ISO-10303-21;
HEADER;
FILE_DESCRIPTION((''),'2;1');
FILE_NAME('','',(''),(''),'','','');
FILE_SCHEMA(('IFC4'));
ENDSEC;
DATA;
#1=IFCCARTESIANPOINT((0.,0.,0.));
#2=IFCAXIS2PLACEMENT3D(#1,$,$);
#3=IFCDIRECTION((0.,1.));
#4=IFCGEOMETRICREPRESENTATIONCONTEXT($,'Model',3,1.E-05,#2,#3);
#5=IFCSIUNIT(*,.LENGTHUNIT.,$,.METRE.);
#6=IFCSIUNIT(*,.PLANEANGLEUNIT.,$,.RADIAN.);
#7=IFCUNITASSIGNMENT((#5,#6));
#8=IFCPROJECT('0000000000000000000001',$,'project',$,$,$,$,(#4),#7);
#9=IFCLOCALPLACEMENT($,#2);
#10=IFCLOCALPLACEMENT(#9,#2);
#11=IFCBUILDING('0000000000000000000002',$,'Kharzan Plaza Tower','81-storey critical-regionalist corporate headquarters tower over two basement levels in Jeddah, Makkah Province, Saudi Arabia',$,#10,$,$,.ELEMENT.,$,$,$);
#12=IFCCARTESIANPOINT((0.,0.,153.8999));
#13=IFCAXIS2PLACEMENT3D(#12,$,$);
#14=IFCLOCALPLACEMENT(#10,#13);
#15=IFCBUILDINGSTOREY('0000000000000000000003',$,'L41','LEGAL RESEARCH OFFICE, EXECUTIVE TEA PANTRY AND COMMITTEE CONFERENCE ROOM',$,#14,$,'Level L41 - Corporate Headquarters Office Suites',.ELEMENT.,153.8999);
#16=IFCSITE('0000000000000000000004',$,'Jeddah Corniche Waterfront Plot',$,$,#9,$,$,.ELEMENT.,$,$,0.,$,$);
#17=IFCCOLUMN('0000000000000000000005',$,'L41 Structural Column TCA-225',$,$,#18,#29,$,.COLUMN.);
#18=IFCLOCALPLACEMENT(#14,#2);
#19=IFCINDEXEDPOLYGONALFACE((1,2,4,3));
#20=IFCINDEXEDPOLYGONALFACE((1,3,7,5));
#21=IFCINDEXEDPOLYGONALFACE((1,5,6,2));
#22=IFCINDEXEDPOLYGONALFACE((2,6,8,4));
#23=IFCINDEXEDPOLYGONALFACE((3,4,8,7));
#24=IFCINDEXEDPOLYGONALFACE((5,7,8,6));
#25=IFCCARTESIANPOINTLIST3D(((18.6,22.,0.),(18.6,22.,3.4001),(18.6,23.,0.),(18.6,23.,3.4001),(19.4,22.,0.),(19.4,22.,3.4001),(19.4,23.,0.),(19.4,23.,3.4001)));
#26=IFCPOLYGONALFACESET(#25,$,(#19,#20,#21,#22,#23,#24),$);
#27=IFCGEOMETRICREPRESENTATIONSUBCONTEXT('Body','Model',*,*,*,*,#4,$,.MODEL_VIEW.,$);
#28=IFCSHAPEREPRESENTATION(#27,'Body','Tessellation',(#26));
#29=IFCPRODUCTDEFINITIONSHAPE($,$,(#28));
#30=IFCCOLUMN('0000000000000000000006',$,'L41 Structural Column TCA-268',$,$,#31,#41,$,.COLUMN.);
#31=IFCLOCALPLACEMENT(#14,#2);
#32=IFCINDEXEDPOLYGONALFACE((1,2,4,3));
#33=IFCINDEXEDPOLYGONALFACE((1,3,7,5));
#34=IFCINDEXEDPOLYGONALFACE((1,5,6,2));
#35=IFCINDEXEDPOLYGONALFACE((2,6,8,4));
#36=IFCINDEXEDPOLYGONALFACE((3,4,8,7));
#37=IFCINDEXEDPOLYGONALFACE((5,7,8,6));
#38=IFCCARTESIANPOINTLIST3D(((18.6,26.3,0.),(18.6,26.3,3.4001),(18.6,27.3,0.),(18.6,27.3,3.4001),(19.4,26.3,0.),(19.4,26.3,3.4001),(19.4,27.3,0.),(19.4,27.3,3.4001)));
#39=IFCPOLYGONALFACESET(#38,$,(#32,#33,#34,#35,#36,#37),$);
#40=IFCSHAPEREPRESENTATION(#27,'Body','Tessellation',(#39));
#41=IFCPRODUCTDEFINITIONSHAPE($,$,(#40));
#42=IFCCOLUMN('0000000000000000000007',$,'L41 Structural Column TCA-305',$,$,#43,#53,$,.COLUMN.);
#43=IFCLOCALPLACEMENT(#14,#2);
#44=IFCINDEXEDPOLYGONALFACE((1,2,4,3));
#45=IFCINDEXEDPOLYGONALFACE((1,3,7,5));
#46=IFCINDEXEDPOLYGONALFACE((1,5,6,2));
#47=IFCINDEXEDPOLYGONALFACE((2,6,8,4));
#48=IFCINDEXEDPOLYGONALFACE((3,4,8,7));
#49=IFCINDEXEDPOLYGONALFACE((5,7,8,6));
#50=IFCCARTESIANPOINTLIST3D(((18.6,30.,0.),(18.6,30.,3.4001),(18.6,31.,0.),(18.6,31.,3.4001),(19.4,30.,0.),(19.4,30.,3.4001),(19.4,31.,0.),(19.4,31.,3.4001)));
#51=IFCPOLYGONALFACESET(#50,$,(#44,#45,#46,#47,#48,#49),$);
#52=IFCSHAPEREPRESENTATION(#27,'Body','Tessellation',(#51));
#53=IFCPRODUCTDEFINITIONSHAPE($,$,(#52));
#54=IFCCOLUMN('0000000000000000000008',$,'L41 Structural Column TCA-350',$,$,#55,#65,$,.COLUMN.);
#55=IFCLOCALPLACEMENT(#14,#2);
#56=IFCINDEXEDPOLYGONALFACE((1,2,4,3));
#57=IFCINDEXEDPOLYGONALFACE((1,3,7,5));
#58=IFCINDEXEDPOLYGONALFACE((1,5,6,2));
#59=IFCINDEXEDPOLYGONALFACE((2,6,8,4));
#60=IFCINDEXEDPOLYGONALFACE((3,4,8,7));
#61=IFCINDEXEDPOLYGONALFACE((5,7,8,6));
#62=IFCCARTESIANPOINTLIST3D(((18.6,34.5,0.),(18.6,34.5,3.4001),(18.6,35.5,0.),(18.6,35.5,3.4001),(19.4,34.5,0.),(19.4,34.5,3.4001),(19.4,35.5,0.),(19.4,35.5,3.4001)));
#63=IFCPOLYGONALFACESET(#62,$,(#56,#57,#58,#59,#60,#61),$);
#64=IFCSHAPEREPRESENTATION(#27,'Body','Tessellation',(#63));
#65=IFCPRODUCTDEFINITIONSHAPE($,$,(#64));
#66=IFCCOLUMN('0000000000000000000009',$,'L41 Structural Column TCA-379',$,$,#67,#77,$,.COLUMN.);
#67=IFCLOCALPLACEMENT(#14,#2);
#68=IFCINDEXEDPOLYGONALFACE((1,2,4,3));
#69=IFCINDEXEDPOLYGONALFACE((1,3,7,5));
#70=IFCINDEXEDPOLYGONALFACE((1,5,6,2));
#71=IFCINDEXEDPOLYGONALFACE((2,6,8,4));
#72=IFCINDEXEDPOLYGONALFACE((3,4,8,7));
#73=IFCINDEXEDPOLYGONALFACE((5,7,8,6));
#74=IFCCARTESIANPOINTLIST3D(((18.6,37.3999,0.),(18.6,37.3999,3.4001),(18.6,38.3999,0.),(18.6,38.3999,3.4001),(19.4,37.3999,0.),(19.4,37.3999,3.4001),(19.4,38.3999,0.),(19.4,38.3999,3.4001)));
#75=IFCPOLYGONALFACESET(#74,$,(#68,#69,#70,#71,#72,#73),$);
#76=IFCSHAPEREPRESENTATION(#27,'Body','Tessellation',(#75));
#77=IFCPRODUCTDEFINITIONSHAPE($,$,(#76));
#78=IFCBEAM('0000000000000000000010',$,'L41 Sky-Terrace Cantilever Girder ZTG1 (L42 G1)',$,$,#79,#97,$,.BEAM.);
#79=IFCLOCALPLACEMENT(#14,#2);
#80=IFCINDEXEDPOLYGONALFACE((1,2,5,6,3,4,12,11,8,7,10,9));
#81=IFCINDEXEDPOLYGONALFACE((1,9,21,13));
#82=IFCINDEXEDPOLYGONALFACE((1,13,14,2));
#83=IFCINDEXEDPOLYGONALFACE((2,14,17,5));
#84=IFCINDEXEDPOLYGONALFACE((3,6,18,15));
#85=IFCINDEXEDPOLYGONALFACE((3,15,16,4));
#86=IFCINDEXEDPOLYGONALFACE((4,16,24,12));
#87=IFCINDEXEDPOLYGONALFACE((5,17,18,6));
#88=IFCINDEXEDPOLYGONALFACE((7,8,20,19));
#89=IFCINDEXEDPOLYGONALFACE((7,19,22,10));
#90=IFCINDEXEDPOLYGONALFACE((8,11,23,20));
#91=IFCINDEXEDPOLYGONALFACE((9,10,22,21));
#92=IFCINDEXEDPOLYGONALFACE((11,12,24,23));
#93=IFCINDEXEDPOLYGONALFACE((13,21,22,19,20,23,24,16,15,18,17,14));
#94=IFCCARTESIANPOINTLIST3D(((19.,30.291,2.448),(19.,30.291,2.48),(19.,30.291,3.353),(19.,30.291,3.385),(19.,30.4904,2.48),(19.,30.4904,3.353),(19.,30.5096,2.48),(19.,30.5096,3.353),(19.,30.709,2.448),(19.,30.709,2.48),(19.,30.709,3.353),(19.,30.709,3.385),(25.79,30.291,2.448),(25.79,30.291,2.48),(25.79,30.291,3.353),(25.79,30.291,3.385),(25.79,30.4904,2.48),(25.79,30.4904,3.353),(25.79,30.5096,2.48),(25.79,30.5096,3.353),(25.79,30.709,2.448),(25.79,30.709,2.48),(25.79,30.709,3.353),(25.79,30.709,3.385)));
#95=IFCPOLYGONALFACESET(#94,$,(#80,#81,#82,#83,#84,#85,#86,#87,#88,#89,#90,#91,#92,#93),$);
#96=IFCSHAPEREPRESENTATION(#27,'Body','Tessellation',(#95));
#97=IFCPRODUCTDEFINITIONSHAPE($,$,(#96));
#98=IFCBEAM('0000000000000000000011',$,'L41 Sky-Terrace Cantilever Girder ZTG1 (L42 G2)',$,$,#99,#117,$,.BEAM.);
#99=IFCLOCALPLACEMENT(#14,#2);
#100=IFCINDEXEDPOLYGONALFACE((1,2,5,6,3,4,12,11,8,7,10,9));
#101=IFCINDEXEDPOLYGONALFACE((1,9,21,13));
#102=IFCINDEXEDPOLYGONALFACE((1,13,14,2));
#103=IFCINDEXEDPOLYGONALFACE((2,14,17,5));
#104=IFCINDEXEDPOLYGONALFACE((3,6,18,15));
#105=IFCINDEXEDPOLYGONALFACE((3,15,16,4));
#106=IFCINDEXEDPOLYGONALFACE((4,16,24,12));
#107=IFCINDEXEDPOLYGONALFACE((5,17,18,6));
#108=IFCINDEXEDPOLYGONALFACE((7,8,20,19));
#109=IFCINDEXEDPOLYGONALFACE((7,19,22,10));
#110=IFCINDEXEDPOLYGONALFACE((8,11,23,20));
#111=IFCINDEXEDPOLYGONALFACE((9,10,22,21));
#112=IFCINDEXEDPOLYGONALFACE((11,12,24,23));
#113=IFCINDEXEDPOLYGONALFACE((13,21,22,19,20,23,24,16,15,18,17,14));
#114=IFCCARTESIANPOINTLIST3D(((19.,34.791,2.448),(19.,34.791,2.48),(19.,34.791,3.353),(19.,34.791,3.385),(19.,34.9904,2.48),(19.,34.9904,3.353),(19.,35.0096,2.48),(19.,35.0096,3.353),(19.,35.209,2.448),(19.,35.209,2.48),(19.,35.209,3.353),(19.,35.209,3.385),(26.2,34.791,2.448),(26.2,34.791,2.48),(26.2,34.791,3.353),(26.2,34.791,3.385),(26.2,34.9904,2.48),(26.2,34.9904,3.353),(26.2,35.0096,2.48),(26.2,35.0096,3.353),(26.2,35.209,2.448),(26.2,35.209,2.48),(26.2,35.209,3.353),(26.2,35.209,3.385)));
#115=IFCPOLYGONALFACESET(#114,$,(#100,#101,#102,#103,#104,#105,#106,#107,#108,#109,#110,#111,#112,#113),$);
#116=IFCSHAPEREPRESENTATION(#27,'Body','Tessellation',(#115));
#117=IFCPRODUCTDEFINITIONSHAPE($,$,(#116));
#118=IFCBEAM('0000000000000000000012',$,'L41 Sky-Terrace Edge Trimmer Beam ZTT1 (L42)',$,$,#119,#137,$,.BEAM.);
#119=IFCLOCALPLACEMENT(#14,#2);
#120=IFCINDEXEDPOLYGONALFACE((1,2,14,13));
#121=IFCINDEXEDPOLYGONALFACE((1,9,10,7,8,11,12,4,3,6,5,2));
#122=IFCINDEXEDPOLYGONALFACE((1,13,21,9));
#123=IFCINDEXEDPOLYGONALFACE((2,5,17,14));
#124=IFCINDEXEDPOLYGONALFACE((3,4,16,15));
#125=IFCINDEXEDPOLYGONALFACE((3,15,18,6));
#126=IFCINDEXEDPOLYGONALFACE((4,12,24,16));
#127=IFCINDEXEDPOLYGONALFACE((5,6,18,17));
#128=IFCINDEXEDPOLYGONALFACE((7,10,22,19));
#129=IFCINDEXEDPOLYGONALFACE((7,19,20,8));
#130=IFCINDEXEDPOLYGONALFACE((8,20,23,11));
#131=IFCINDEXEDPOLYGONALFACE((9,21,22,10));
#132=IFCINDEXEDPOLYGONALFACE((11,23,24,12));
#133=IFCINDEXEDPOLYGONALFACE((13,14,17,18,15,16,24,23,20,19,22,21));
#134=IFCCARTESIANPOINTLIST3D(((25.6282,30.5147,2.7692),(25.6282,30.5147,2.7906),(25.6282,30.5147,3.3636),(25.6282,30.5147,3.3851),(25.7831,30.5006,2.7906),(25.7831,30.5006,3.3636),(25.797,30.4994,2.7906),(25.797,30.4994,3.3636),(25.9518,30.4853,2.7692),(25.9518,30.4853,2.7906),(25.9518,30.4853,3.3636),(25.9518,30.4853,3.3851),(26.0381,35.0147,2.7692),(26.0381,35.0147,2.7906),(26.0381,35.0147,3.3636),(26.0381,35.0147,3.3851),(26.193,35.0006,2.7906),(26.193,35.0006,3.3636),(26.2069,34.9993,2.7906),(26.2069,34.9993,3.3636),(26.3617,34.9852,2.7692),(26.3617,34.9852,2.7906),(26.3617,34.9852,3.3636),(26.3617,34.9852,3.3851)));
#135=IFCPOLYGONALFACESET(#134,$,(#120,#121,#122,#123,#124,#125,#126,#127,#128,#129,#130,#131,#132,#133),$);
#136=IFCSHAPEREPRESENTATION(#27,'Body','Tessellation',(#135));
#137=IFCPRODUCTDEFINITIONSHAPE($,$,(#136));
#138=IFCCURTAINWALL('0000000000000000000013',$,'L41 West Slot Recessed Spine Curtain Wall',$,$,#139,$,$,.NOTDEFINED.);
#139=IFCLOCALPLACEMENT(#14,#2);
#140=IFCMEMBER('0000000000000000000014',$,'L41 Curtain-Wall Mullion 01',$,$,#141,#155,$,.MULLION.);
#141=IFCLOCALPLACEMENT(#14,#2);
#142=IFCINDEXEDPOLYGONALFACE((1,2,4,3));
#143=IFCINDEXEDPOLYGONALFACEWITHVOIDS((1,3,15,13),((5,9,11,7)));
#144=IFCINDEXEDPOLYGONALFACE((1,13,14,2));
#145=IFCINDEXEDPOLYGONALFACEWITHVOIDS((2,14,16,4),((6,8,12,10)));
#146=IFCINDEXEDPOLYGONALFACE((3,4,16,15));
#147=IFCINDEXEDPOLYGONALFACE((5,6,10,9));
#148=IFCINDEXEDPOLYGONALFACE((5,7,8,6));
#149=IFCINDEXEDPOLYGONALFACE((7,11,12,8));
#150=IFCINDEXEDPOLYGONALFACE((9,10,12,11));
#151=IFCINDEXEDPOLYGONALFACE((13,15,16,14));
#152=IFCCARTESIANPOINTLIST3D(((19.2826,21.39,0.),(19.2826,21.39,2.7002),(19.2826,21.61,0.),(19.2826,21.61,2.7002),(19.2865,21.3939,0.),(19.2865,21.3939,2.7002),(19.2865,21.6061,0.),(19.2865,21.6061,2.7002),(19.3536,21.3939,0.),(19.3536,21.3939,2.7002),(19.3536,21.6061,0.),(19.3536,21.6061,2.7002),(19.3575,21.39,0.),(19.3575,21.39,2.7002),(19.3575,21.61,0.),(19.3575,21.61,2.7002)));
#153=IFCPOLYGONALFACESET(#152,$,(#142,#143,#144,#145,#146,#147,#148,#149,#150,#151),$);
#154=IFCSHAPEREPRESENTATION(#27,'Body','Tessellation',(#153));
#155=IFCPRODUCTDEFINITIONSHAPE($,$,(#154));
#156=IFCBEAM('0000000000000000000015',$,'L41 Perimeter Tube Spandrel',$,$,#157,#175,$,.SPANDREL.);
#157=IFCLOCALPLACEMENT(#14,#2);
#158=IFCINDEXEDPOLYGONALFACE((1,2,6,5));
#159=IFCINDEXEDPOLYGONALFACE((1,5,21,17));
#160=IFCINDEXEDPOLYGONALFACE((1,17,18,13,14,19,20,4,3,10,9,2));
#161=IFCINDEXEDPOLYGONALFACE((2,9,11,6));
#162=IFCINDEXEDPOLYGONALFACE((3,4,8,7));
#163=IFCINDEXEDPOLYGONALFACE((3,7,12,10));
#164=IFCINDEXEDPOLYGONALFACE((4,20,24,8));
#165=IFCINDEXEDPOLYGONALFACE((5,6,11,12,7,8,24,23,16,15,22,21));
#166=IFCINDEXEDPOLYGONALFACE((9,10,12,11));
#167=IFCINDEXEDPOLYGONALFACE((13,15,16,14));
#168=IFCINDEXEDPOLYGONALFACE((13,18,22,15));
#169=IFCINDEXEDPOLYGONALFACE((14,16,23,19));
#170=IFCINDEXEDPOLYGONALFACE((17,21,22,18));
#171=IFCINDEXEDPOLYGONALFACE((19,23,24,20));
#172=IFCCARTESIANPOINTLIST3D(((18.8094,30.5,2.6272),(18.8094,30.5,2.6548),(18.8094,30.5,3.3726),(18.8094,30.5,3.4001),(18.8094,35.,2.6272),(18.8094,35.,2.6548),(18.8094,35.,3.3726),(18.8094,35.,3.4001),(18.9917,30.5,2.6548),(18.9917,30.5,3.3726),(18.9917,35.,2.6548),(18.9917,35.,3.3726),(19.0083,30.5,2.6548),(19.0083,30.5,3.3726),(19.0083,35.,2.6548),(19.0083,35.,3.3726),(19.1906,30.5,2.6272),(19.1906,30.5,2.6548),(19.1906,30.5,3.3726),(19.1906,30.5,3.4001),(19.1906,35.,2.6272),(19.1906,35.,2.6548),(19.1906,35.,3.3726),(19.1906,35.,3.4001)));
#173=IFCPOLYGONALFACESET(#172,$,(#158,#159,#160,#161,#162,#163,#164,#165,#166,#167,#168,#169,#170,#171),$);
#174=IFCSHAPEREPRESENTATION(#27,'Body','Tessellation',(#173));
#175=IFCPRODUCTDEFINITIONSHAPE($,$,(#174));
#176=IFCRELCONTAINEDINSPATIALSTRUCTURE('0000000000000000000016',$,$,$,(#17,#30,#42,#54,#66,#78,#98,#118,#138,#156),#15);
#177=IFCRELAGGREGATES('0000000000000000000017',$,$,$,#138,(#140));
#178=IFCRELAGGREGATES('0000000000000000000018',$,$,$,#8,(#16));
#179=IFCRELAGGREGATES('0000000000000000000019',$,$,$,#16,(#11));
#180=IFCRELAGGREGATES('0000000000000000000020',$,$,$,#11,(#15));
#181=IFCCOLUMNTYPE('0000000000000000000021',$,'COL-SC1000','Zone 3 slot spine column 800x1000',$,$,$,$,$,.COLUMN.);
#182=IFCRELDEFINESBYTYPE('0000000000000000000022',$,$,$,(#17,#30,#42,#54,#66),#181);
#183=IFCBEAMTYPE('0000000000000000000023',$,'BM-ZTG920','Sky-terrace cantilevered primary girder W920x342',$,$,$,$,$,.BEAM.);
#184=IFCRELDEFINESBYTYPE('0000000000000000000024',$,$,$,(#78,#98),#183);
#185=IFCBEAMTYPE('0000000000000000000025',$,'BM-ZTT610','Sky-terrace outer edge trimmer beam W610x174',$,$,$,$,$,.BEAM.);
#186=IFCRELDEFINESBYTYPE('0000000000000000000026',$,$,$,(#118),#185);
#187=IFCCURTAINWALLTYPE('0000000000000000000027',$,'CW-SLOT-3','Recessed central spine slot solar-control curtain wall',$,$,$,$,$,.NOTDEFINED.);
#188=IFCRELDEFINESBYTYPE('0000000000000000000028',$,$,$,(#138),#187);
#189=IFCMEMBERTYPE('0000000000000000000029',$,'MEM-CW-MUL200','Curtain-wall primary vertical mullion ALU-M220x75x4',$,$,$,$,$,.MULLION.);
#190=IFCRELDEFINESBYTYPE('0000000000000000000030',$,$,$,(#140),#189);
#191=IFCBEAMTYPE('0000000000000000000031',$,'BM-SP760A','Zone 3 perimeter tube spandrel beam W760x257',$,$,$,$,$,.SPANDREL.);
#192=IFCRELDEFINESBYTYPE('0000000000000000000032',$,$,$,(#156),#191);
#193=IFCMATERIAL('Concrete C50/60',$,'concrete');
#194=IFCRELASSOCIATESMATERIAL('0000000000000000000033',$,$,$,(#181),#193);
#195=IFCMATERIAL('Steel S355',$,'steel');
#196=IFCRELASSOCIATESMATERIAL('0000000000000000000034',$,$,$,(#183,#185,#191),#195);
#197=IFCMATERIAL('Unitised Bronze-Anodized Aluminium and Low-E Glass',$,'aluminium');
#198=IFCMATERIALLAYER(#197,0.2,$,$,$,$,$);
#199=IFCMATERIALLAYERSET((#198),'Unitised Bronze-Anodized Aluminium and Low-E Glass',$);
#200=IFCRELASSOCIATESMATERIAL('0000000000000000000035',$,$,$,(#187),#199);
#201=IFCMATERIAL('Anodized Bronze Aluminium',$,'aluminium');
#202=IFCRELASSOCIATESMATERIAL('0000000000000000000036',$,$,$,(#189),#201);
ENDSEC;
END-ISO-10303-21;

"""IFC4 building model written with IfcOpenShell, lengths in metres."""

from ifc_helpers import new_model, si_unit, direction, frame, origin, origin_2d, place, context, subcontext, project, spatial, rectangle, hollow_rectangle, i_section, extrude, source, transform, mapped, material, layer, layer_set, material_profile, profile_set, type_object, element, aggregate, save


model = new_model("IFC4")

# Units and contexts
model_context = context("Model", 3, precision=1e-05, world=origin(), true_north=direction((0.0, 1.0)))
body_context = subcontext(model_context, "Body", "Model", "MODEL_VIEW")
ifc_project = project(units=[si_unit("LENGTHUNIT", "METRE"), si_unit("PLANEANGLEUNIT", "RADIAN")], contexts=[model_context])

# Site, building, storey
site_placement = place(None, origin())
site = spatial("IfcSite", under=ifc_project, at=site_placement, Name="Jeddah Corniche Waterfront Plot", CompositionType="ELEMENT", RefElevation=0.0)
building_placement = place(site_placement, origin())
building = spatial("IfcBuilding", under=site, at=building_placement, Name="Kharzan Plaza Tower", Description="81-storey critical-regionalist corporate headquarters tower over two basement levels in Jeddah, Makkah Province, Saudi Arabia", CompositionType="ELEMENT")
storey_placement = place(building_placement, frame((0.0, 0.0, 153.8999)))
storey = spatial("IfcBuildingStorey", under=building, at=storey_placement, Name="L41", Description="LEGAL RESEARCH OFFICE, EXECUTIVE TEA PANTRY AND COMMITTEE CONFERENCE ROOM", LongName="Level L41 - Corporate Headquarters Office Suites", CompositionType="ELEMENT", Elevation=153.8999)

# Columns
ifc_material_1 = material(Name="Concrete C50/60", Category="concrete")
ifc_material_profile_1 = material_profile(ifc_material_1, rectangle(XDim=0.8, YDim=1.0, at=origin_2d()), Name="RC-SC1000x800")
ifc_profile_set_1 = profile_set([ifc_material_profile_1], Name="Concrete C50/60")
column_type = type_object("IfcColumnType", Name="COL-SC1000", Description="Zone 3 slot spine column 800x1000", PredefinedType="COLUMN", material=ifc_profile_set_1)
shared_shape_1 = source(origin(), body_context, "Body", "SweptSolid", [
    extrude(rectangle(XDim=0.8, YDim=1.0, at=origin_2d()), origin(), (0.0, 0.0, 1.0), 3.4001),
])
for number, where, z_axis, x_axis, name in (
    (1, (19.0, 22.5, 0.0), (0.0, 0.0, 1.0), (1.0, 0.0, 0.0), "L41 Structural Column TCA-225"),
    (2, (19.0, 26.8, 0.0), (0.0, 0.0, 1.0), (1.0, 0.0, 0.0), "L41 Structural Column TCA-268"),
    (3, (19.0, 30.5, 0.0), (0.0, 0.0, 1.0), (1.0, 0.0, 0.0), "L41 Structural Column TCA-305"),
    (4, (19.0, 35.0, 0.0), (0.0, 0.0, 1.0), (1.0, 0.0, 0.0), "L41 Structural Column TCA-350"),
    (5, (19.0, 37.8999, 0.0), (0.0, 0.0, 1.0), (1.0, 0.0, 0.0), "L41 Structural Column TCA-379"),
):
    element("IfcColumn", number, at=place(storey_placement, frame(where, z_axis=z_axis, x_axis=x_axis)), inside=storey, type_object=column_type, Name=name, PredefinedType="COLUMN", context=body_context, shape_type="MappedRepresentation", body=[
        mapped(shared_shape_1, transform((0.0, 0.0, 0.0), x_axis=(1.0, 0.0, 0.0), y_axis=(0.0, 1.0, 0.0), z_axis=(0.0, 0.0, 1.0))),
    ])

# Beams
ifc_material_2 = material(Name="Steel S355", Category="steel")
ifc_material_profile_2 = material_profile(ifc_material_2, i_section(OverallWidth=0.418, OverallDepth=0.937, WebThickness=0.0193, FlangeThickness=0.032, at=origin_2d()), Name="W920x342")
ifc_profile_set_2 = profile_set([ifc_material_profile_2], Name="Steel S355")
beam_type_1 = type_object("IfcBeamType", Name="BM-ZTG920", Description="Sky-terrace cantilevered primary girder W920x342", PredefinedType="BEAM", material=ifc_profile_set_2)
shared_shape_2 = source(origin(), body_context, "Body", "SweptSolid", [
    extrude(i_section(OverallWidth=0.418, OverallDepth=0.937, WebThickness=0.0193, FlangeThickness=0.032, at=origin_2d()), origin(), (0.0, 0.0, 1.0), 6.79),
])
beam_1_placement = place(storey_placement, frame((19.0, 30.5, 2.9165), z_axis=(1.0, 0.0, 0.0), x_axis=(0.0, 1.0, 0.0)))
element("IfcBeam", 6, at=beam_1_placement, inside=storey, type_object=beam_type_1, Name="L41 Sky-Terrace Cantilever Girder ZTG1 (L42 G1)", PredefinedType="BEAM", context=body_context, shape_type="MappedRepresentation", body=[
    mapped(shared_shape_2, transform((0.0, 0.0, 0.0), x_axis=(1.0, 0.0, 0.0), y_axis=(0.0, 1.0, 0.0), z_axis=(0.0, 0.0, 1.0))),
])
shared_shape_3 = source(origin(), body_context, "Body", "SweptSolid", [
    extrude(i_section(OverallWidth=0.418, OverallDepth=0.937, WebThickness=0.0193, FlangeThickness=0.032, at=origin_2d()), origin(), (0.0, 0.0, 1.0), 7.2),
])
beam_2_placement = place(storey_placement, frame((19.0, 35.0, 2.9165), z_axis=(1.0, 0.0, 0.0), x_axis=(0.0, 1.0, 0.0)))
element("IfcBeam", 7, at=beam_2_placement, inside=storey, type_object=beam_type_1, Name="L41 Sky-Terrace Cantilever Girder ZTG1 (L42 G2)", PredefinedType="BEAM", context=body_context, shape_type="MappedRepresentation", body=[
    mapped(shared_shape_3, transform((0.0, 0.0, 0.0), x_axis=(1.0, 0.0, 0.0), y_axis=(0.0, 1.0, 0.0), z_axis=(0.0, 0.0, 1.0))),
])
ifc_material_profile_3 = material_profile(ifc_material_2, i_section(OverallWidth=0.325, OverallDepth=0.616, WebThickness=0.0139, FlangeThickness=0.0215, at=origin_2d()), Name="W610x174")
ifc_profile_set_3 = profile_set([ifc_material_profile_3], Name="Steel S355")
beam_type_2 = type_object("IfcBeamType", Name="BM-ZTT610", Description="Sky-terrace outer edge trimmer beam W610x174", PredefinedType="BEAM", material=ifc_profile_set_3)
shared_shape_4 = source(origin(), body_context, "Body", "SweptSolid", [
    extrude(i_section(OverallWidth=0.325, OverallDepth=0.616, WebThickness=0.0139, FlangeThickness=0.0215, at=origin_2d()), origin(), (0.0, 0.0, 1.0), 4.5186),
])
beam_3_placement = place(storey_placement, frame((25.79, 30.5, 3.0771), z_axis=(0.090716, 0.995877, 0.0), x_axis=(-0.995877, 0.090716, 0.0)))
element("IfcBeam", 8, at=beam_3_placement, inside=storey, type_object=beam_type_2, Name="L41 Sky-Terrace Edge Trimmer Beam ZTT1 (L42)", PredefinedType="BEAM", context=body_context, shape_type="MappedRepresentation", body=[
    mapped(shared_shape_4, transform((0.0, 0.0, 0.0), x_axis=(1.0, 0.0, 0.0), y_axis=(0.0, 1.0, 0.0), z_axis=(0.0, 0.0, 1.0))),
])

# Curtain wall, member
ifc_material_3 = material(Name="Unitised Bronze-Anodized Aluminium and Low-E Glass", Category="aluminium")
ifc_layer_1 = layer(ifc_material_3, 0.2)
ifc_layer_set_1 = layer_set([ifc_layer_1], Name="Unitised Bronze-Anodized Aluminium and Low-E Glass")
curtain_wall_type = type_object("IfcCurtainWallType", Name="CW-SLOT-3", Description="Recessed central spine slot solar-control curtain wall", PredefinedType="NOTDEFINED", material=ifc_layer_set_1)
curtain_wall_placement = place(storey_placement, origin())
curtain_wall = element("IfcCurtainWall", 9, at=curtain_wall_placement, inside=storey, type_object=curtain_wall_type, Name="L41 West Slot Recessed Spine Curtain Wall", PredefinedType="NOTDEFINED")
ifc_material_4 = material(Name="Anodized Bronze Aluminium", Category="aluminium")
ifc_material_profile_4 = material_profile(ifc_material_4, hollow_rectangle(XDim=0.075, YDim=0.22, WallThickness=0.0039, at=origin_2d()), Name="ALU-M220x75x4")
ifc_profile_set_4 = profile_set([ifc_material_profile_4], Name="Anodized Bronze Aluminium")
member_type = type_object("IfcMemberType", Name="MEM-CW-MUL200", Description="Curtain-wall primary vertical mullion ALU-M220x75x4", PredefinedType="MULLION", material=ifc_profile_set_4)
shared_shape_5 = source(origin(), body_context, "Body", "SweptSolid", [
    extrude(hollow_rectangle(XDim=0.075, YDim=0.22, WallThickness=0.0039, at=origin_2d()), origin(), (0.0, 0.0, 1.0), 2.7002),
])
member_placement = place(storey_placement, frame((19.3201, 21.5, 0.0), z_axis=(0.0, 0.0, 1.0), x_axis=(1.0, 0.0, 0.0)))
member = element("IfcMember", 10, at=member_placement, type_object=member_type, Name="L41 Curtain-Wall Mullion 01", PredefinedType="MULLION", context=body_context, shape_type="MappedRepresentation", body=[
    mapped(shared_shape_5, transform((0.0, 0.0, 0.0), x_axis=(1.0, 0.0, 0.0), y_axis=(0.0, 1.0, 0.0), z_axis=(0.0, 0.0, 1.0))),
])

# Beam
ifc_material_profile_5 = material_profile(ifc_material_2, i_section(OverallWidth=0.3811, OverallDepth=0.7729, WebThickness=0.0166, FlangeThickness=0.0276, at=origin_2d()), Name="W760x257")
ifc_profile_set_5 = profile_set([ifc_material_profile_5], Name="Steel S355")
beam_type_3 = type_object("IfcBeamType", Name="BM-SP760A", Description="Zone 3 perimeter tube spandrel beam W760x257", PredefinedType="SPANDREL", material=ifc_profile_set_5)
shared_shape_6 = source(origin(), body_context, "Body", "SweptSolid", [
    extrude(i_section(OverallWidth=0.3811, OverallDepth=0.7729, WebThickness=0.0166, FlangeThickness=0.0276, at=origin_2d()), origin(), (0.0, 0.0, 1.0), 4.5),
])
beam_4_placement = place(storey_placement, frame((19.0, 30.5, 3.0137), z_axis=(0.0, 1.0, 0.0), x_axis=(-1.0, 0.0, 0.0)))
element("IfcBeam", 11, at=beam_4_placement, inside=storey, type_object=beam_type_3, Name="L41 Perimeter Tube Spandrel", PredefinedType="SPANDREL", context=body_context, shape_type="MappedRepresentation", body=[
    mapped(shared_shape_6, transform((0.0, 0.0, 0.0), x_axis=(1.0, 0.0, 0.0), y_axis=(0.0, 1.0, 0.0), z_axis=(0.0, 0.0, 1.0))),
])

aggregate(curtain_wall, [member])

save(model, "model.ifc")
